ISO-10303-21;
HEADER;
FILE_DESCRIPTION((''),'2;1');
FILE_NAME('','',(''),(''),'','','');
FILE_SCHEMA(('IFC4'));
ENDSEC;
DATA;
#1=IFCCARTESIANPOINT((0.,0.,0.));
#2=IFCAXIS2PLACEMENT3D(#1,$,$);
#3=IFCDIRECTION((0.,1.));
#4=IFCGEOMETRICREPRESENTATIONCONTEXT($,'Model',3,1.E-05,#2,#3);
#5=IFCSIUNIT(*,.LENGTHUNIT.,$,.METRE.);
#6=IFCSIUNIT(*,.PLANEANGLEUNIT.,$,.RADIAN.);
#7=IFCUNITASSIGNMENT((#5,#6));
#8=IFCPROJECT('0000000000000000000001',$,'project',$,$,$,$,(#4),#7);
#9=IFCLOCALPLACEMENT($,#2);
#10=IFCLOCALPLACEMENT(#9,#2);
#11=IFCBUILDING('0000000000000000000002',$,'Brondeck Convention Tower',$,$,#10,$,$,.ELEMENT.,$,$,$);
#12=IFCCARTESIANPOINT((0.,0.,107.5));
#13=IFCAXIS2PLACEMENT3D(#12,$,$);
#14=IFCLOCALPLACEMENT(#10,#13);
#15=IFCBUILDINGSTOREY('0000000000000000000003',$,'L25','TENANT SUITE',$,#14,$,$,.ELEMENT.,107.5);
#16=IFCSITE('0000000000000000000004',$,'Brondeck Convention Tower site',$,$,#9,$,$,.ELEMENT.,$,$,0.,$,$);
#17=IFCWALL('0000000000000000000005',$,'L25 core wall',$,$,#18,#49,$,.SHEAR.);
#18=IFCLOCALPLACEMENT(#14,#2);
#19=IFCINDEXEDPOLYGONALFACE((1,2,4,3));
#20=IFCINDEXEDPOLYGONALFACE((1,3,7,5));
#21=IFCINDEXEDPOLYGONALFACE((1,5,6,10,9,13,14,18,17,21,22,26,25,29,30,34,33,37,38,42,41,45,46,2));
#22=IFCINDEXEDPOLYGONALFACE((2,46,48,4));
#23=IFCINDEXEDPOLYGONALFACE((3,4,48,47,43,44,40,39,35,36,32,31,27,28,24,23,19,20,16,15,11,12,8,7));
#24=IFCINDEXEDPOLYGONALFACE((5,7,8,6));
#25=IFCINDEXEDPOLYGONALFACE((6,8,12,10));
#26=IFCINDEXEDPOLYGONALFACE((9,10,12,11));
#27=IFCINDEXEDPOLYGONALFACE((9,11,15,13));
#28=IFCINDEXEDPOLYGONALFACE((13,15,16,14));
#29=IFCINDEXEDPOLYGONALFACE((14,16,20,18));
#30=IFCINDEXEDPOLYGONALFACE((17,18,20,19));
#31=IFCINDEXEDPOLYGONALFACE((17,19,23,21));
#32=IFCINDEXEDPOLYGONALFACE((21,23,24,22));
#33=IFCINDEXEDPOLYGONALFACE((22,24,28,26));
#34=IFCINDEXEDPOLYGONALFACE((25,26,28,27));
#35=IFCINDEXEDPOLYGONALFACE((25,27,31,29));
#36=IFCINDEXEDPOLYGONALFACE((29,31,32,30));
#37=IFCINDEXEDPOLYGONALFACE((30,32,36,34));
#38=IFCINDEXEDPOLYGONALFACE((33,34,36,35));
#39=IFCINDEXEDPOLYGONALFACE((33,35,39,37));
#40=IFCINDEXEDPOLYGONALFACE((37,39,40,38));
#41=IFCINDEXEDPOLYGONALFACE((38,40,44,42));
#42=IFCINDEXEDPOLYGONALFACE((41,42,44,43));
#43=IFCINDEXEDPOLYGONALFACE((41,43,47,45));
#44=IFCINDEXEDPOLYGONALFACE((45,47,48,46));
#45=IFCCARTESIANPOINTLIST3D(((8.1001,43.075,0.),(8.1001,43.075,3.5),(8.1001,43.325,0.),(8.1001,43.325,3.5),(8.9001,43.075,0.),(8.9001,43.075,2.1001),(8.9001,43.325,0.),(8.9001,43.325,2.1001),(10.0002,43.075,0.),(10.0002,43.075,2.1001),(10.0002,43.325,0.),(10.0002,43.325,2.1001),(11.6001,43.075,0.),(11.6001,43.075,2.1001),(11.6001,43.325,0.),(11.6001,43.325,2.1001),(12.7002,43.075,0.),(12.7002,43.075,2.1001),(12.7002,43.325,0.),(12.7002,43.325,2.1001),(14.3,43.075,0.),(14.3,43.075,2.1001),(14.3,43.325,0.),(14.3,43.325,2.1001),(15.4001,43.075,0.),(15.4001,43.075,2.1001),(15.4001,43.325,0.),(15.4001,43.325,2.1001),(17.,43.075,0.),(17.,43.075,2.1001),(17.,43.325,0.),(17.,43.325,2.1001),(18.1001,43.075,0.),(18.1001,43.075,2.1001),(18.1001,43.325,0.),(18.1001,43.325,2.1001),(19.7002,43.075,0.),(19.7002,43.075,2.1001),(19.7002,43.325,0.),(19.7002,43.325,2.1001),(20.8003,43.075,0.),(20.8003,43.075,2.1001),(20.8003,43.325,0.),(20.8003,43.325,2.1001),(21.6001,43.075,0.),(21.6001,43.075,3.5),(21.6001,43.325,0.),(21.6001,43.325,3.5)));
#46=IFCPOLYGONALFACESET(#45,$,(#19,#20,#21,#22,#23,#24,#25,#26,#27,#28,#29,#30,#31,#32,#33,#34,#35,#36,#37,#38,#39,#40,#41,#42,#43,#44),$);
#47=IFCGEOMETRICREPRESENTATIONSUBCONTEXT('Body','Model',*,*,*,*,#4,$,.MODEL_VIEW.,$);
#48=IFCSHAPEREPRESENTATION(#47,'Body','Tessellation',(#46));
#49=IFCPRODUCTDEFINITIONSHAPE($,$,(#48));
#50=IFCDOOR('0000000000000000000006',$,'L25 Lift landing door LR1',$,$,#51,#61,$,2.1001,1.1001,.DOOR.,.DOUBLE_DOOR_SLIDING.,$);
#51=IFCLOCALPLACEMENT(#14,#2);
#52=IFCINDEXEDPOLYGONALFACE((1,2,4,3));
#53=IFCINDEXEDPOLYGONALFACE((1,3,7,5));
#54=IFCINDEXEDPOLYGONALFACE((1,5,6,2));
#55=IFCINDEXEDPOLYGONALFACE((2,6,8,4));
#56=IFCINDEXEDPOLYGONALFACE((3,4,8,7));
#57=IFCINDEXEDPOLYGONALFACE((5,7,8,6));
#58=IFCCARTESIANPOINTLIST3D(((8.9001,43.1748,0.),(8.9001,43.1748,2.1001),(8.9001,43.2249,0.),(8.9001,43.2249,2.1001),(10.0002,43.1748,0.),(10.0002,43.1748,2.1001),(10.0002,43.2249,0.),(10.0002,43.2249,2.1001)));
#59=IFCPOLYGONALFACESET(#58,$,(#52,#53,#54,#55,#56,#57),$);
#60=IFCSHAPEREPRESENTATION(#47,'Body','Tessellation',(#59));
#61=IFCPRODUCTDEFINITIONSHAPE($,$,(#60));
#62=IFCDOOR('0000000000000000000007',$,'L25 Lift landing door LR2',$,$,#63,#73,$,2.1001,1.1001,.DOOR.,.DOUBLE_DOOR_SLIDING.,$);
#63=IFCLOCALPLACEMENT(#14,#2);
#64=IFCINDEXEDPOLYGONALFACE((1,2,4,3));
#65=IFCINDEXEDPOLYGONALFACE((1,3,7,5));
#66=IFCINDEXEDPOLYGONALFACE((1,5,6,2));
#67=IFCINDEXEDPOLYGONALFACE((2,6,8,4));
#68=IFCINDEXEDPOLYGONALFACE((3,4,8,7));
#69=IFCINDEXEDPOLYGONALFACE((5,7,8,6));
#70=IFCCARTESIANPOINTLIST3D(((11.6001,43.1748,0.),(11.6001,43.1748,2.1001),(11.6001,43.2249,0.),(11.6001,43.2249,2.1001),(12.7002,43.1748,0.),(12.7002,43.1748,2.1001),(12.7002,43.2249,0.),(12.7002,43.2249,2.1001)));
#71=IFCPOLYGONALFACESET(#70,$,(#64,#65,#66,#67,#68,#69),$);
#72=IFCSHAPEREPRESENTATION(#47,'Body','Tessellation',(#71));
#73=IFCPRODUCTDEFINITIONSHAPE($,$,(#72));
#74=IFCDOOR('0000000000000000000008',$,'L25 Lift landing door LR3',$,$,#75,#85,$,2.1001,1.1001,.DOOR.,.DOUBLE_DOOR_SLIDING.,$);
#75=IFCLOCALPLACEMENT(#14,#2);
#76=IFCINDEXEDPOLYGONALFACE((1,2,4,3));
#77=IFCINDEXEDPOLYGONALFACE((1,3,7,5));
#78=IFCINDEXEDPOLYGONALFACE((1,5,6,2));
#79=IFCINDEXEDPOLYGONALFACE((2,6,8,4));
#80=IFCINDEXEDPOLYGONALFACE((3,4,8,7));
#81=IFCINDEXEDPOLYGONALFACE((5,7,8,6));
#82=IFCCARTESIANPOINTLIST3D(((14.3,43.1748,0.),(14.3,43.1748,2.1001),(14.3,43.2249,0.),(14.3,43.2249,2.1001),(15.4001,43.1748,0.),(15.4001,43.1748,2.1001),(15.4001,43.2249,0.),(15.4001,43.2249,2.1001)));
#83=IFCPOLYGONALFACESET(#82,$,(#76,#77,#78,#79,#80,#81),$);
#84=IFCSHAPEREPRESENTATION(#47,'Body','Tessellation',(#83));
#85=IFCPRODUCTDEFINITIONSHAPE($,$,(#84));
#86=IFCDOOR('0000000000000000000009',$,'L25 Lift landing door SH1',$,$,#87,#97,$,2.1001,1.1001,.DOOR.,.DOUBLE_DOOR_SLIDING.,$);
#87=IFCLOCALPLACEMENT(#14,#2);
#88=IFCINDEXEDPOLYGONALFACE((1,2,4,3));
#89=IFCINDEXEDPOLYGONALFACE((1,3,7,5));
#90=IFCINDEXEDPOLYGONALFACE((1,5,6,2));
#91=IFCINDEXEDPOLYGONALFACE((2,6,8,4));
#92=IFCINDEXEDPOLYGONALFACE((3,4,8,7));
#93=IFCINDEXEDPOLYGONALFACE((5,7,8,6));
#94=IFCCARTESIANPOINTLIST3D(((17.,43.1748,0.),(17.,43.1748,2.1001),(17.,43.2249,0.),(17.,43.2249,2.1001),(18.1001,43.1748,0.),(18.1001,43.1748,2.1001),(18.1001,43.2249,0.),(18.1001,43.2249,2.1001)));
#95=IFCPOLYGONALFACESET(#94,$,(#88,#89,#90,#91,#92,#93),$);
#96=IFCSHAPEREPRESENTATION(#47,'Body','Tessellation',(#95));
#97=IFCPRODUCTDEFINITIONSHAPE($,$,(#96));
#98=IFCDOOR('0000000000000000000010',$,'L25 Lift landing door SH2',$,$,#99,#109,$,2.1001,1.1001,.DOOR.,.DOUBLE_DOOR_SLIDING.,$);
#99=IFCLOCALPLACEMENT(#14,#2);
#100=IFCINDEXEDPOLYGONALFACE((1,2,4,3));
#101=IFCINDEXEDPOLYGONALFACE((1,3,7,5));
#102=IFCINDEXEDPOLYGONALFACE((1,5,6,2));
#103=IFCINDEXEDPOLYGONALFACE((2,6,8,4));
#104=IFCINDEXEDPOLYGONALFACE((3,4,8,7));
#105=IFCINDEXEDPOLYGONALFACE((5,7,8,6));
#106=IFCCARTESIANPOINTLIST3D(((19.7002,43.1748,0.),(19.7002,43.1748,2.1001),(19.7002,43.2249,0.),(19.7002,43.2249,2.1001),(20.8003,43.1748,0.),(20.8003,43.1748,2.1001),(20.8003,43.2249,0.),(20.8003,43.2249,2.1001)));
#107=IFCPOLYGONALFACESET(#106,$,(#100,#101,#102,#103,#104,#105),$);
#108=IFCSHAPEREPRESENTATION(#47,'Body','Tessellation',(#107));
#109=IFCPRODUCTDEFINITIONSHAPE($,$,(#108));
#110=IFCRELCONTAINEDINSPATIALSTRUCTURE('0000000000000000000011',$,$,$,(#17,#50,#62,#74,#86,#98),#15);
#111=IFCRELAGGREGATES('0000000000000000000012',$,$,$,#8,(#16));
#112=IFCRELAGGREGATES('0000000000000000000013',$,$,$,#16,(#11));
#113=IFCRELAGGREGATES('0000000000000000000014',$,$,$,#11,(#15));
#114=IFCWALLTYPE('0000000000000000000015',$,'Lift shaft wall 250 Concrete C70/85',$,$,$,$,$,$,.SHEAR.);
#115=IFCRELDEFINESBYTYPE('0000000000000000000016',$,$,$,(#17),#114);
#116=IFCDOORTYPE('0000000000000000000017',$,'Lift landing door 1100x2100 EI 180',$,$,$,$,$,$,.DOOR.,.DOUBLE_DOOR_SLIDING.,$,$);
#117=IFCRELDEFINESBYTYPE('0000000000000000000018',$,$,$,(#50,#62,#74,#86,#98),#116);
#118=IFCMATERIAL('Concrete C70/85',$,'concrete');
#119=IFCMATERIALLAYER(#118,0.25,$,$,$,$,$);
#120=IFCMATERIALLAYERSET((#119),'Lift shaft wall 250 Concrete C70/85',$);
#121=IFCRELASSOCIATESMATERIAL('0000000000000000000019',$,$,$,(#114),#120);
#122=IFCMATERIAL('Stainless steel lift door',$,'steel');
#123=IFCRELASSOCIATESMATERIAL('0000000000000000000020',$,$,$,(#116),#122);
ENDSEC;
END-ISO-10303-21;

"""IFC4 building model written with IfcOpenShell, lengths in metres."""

from ifc_helpers import new_model, si_unit, direction, frame, frame_2d, origin, place, context, subcontext, project, spatial, rectangle, extrude, material, layer, layer_set, type_object, element, fill, save


model = new_model("IFC4")

# Units and contexts
model_context = context("Model", 3, precision=1e-05, world=origin(), true_north=direction((0.0, 1.0)))
body_context = subcontext(model_context, "Body", "Model", "MODEL_VIEW")
ifc_project = project(units=[si_unit("LENGTHUNIT", "METRE"), si_unit("PLANEANGLEUNIT", "RADIAN")], contexts=[model_context])

# Site, building, storey
site_placement = place(None, origin())
site = spatial("IfcSite", under=ifc_project, at=site_placement, Name="Brondeck Convention Tower site", CompositionType="ELEMENT", RefElevation=0.0)
building_placement = place(site_placement, origin())
building = spatial("IfcBuilding", under=site, at=building_placement, Name="Brondeck Convention Tower", CompositionType="ELEMENT")
storey_placement = place(building_placement, frame((0.0, 0.0, 107.5)))
storey = spatial("IfcBuildingStorey", under=building, at=storey_placement, Name="L25", Description="TENANT SUITE", CompositionType="ELEMENT", Elevation=107.5)

# Wall, openings, doors
ifc_material_1 = material(Name="Concrete C70/85", Category="concrete")
ifc_layer_1 = layer(ifc_material_1, 0.25)
ifc_layer_set_1 = layer_set([ifc_layer_1], Name="Lift shaft wall 250 Concrete C70/85")
wall_type_1 = type_object("IfcWallType", Name="Lift shaft wall 250 Concrete C70/85", PredefinedType="SHEAR", material=ifc_layer_set_1)
wall_1_placement = place(storey_placement, frame((8.1001, 43.2, 0.0), z_axis=(0.0, 0.0, 1.0), x_axis=(1.0, 0.0, 0.0)))
wall_1 = element("IfcWall", 1, at=wall_1_placement, inside=storey, type_object=wall_type_1, Name="L25 core wall", PredefinedType="SHEAR", context=body_context, shape_type="SweptSolid", body=[
    extrude(rectangle(XDim=13.5, YDim=0.25, at=frame_2d((6.75, 0.0))), origin(), (0.0, 0.0, 1.0), 3.5),
])
opening_1_placement = place(wall_1_placement, frame((0.8, 0.0, 0.0)))
opening_1 = element("IfcOpeningElement", 2, at=opening_1_placement, cuts=wall_1, PredefinedType="OPENING", context=body_context, shape_type="SweptSolid", body=[
    extrude(rectangle(XDim=1.1001, YDim=2.1001, at=frame_2d((0.55, 1.05))), frame((0.0, 0.135, 0.0), z_axis=(0.0, -1.0, 0.0), x_axis=(1.0, 0.0, 0.0)), (0.0, 0.0, 1.0), 0.27),
])
opening_2_placement = place(wall_1_placement, frame((3.5, 0.0, 0.0)))
opening_2 = element("IfcOpeningElement", 3, at=opening_2_placement, cuts=wall_1, PredefinedType="OPENING", context=body_context, shape_type="SweptSolid", body=[
    extrude(rectangle(XDim=1.1001, YDim=2.1001, at=frame_2d((0.55, 1.05))), frame((0.0, 0.135, 0.0), z_axis=(0.0, -1.0, 0.0), x_axis=(1.0, 0.0, 0.0)), (0.0, 0.0, 1.0), 0.27),
])
opening_3_placement = place(wall_1_placement, frame((6.2, 0.0, 0.0)))
opening_3 = element("IfcOpeningElement", 4, at=opening_3_placement, cuts=wall_1, PredefinedType="OPENING", context=body_context, shape_type="SweptSolid", body=[
    extrude(rectangle(XDim=1.1001, YDim=2.1001, at=frame_2d((0.55, 1.05))), frame((0.0, 0.135, 0.0), z_axis=(0.0, -1.0, 0.0), x_axis=(1.0, 0.0, 0.0)), (0.0, 0.0, 1.0), 0.27),
])
opening_4_placement = place(wall_1_placement, frame((8.8999, 0.0, 0.0)))
opening_4 = element("IfcOpeningElement", 5, at=opening_4_placement, cuts=wall_1, PredefinedType="OPENING", context=body_context, shape_type="SweptSolid", body=[
    extrude(rectangle(XDim=1.1001, YDim=2.1001, at=frame_2d((0.55, 1.05))), frame((0.0, 0.135, 0.0), z_axis=(0.0, -1.0, 0.0), x_axis=(1.0, 0.0, 0.0)), (0.0, 0.0, 1.0), 0.27),
])
opening_5_placement = place(wall_1_placement, frame((11.6001, 0.0, 0.0)))
opening_5 = element("IfcOpeningElement", 6, at=opening_5_placement, cuts=wall_1, PredefinedType="OPENING", context=body_context, shape_type="SweptSolid", body=[
    extrude(rectangle(XDim=1.1001, YDim=2.1001, at=frame_2d((0.55, 1.05))), frame((0.0, 0.135, 0.0), z_axis=(0.0, -1.0, 0.0), x_axis=(1.0, 0.0, 0.0)), (0.0, 0.0, 1.0), 0.27),
])
ifc_material_2 = material(Name="Stainless steel lift door", Category="steel")
door_type_1 = type_object("IfcDoorType", Name="Lift landing door 1100x2100 EI 180", OperationType="DOUBLE_DOOR_SLIDING", PredefinedType="DOOR", material=ifc_material_2)
door_1_placement = place(opening_1_placement, origin())
door_1 = element("IfcDoor", 7, at=door_1_placement, inside=storey, type_object=door_type_1, Name="L25 Lift landing door LR1", OperationType="DOUBLE_DOOR_SLIDING", OverallHeight=2.1001, OverallWidth=1.1001, PredefinedType="DOOR", context=body_context, shape_type="SweptSolid", body=[
    extrude(rectangle(XDim=1.1001, YDim=2.1001, at=frame_2d((0.55, 1.05))), frame((0.0, 0.0249, 0.0), z_axis=(0.0, -1.0, 0.0), x_axis=(1.0, 0.0, 0.0)), (0.0, 0.0, 1.0), 0.05),
])
fill(opening_1, door_1)
door_2_placement = place(opening_2_placement, origin())
door_2 = element("IfcDoor", 8, at=door_2_placement, inside=storey, type_object=door_type_1, Name="L25 Lift landing door LR2", OperationType="DOUBLE_DOOR_SLIDING", OverallHeight=2.1001, OverallWidth=1.1001, PredefinedType="DOOR", context=body_context, shape_type="SweptSolid", body=[
    extrude(rectangle(XDim=1.1001, YDim=2.1001, at=frame_2d((0.55, 1.05))), frame((0.0, 0.0249, 0.0), z_axis=(0.0, -1.0, 0.0), x_axis=(1.0, 0.0, 0.0)), (0.0, 0.0, 1.0), 0.05),
])
fill(opening_2, door_2)
door_3_placement = place(opening_3_placement, origin())
door_3 = element("IfcDoor", 9, at=door_3_placement, inside=storey, type_object=door_type_1, Name="L25 Lift landing door LR3", OperationType="DOUBLE_DOOR_SLIDING", OverallHeight=2.1001, OverallWidth=1.1001, PredefinedType="DOOR", context=body_context, shape_type="SweptSolid", body=[
    extrude(rectangle(XDim=1.1001, YDim=2.1001, at=frame_2d((0.55, 1.05))), frame((0.0, 0.0249, 0.0), z_axis=(0.0, -1.0, 0.0), x_axis=(1.0, 0.0, 0.0)), (0.0, 0.0, 1.0), 0.05),
])
fill(opening_3, door_3)
door_4_placement = place(opening_4_placement, origin())
door_4 = element("IfcDoor", 10, at=door_4_placement, inside=storey, type_object=door_type_1, Name="L25 Lift landing door SH1", OperationType="DOUBLE_DOOR_SLIDING", OverallHeight=2.1001, OverallWidth=1.1001, PredefinedType="DOOR", context=body_context, shape_type="SweptSolid", body=[
    extrude(rectangle(XDim=1.1001, YDim=2.1001, at=frame_2d((0.55, 1.05))), frame((0.0, 0.0249, 0.0), z_axis=(0.0, -1.0, 0.0), x_axis=(1.0, 0.0, 0.0)), (0.0, 0.0, 1.0), 0.05),
])
fill(opening_4, door_4)
door_5_placement = place(opening_5_placement, origin())
door_5 = element("IfcDoor", 11, at=door_5_placement, inside=storey, type_object=door_type_1, Name="L25 Lift landing door SH2", OperationType="DOUBLE_DOOR_SLIDING", OverallHeight=2.1001, OverallWidth=1.1001, PredefinedType="DOOR", context=body_context, shape_type="SweptSolid", body=[
    extrude(rectangle(XDim=1.1001, YDim=2.1001, at=frame_2d((0.55, 1.05))), frame((0.0, 0.0249, 0.0), z_axis=(0.0, -1.0, 0.0), x_axis=(1.0, 0.0, 0.0)), (0.0, 0.0, 1.0), 0.05),
])
fill(opening_5, door_5)

save(model, "model.ifc")
